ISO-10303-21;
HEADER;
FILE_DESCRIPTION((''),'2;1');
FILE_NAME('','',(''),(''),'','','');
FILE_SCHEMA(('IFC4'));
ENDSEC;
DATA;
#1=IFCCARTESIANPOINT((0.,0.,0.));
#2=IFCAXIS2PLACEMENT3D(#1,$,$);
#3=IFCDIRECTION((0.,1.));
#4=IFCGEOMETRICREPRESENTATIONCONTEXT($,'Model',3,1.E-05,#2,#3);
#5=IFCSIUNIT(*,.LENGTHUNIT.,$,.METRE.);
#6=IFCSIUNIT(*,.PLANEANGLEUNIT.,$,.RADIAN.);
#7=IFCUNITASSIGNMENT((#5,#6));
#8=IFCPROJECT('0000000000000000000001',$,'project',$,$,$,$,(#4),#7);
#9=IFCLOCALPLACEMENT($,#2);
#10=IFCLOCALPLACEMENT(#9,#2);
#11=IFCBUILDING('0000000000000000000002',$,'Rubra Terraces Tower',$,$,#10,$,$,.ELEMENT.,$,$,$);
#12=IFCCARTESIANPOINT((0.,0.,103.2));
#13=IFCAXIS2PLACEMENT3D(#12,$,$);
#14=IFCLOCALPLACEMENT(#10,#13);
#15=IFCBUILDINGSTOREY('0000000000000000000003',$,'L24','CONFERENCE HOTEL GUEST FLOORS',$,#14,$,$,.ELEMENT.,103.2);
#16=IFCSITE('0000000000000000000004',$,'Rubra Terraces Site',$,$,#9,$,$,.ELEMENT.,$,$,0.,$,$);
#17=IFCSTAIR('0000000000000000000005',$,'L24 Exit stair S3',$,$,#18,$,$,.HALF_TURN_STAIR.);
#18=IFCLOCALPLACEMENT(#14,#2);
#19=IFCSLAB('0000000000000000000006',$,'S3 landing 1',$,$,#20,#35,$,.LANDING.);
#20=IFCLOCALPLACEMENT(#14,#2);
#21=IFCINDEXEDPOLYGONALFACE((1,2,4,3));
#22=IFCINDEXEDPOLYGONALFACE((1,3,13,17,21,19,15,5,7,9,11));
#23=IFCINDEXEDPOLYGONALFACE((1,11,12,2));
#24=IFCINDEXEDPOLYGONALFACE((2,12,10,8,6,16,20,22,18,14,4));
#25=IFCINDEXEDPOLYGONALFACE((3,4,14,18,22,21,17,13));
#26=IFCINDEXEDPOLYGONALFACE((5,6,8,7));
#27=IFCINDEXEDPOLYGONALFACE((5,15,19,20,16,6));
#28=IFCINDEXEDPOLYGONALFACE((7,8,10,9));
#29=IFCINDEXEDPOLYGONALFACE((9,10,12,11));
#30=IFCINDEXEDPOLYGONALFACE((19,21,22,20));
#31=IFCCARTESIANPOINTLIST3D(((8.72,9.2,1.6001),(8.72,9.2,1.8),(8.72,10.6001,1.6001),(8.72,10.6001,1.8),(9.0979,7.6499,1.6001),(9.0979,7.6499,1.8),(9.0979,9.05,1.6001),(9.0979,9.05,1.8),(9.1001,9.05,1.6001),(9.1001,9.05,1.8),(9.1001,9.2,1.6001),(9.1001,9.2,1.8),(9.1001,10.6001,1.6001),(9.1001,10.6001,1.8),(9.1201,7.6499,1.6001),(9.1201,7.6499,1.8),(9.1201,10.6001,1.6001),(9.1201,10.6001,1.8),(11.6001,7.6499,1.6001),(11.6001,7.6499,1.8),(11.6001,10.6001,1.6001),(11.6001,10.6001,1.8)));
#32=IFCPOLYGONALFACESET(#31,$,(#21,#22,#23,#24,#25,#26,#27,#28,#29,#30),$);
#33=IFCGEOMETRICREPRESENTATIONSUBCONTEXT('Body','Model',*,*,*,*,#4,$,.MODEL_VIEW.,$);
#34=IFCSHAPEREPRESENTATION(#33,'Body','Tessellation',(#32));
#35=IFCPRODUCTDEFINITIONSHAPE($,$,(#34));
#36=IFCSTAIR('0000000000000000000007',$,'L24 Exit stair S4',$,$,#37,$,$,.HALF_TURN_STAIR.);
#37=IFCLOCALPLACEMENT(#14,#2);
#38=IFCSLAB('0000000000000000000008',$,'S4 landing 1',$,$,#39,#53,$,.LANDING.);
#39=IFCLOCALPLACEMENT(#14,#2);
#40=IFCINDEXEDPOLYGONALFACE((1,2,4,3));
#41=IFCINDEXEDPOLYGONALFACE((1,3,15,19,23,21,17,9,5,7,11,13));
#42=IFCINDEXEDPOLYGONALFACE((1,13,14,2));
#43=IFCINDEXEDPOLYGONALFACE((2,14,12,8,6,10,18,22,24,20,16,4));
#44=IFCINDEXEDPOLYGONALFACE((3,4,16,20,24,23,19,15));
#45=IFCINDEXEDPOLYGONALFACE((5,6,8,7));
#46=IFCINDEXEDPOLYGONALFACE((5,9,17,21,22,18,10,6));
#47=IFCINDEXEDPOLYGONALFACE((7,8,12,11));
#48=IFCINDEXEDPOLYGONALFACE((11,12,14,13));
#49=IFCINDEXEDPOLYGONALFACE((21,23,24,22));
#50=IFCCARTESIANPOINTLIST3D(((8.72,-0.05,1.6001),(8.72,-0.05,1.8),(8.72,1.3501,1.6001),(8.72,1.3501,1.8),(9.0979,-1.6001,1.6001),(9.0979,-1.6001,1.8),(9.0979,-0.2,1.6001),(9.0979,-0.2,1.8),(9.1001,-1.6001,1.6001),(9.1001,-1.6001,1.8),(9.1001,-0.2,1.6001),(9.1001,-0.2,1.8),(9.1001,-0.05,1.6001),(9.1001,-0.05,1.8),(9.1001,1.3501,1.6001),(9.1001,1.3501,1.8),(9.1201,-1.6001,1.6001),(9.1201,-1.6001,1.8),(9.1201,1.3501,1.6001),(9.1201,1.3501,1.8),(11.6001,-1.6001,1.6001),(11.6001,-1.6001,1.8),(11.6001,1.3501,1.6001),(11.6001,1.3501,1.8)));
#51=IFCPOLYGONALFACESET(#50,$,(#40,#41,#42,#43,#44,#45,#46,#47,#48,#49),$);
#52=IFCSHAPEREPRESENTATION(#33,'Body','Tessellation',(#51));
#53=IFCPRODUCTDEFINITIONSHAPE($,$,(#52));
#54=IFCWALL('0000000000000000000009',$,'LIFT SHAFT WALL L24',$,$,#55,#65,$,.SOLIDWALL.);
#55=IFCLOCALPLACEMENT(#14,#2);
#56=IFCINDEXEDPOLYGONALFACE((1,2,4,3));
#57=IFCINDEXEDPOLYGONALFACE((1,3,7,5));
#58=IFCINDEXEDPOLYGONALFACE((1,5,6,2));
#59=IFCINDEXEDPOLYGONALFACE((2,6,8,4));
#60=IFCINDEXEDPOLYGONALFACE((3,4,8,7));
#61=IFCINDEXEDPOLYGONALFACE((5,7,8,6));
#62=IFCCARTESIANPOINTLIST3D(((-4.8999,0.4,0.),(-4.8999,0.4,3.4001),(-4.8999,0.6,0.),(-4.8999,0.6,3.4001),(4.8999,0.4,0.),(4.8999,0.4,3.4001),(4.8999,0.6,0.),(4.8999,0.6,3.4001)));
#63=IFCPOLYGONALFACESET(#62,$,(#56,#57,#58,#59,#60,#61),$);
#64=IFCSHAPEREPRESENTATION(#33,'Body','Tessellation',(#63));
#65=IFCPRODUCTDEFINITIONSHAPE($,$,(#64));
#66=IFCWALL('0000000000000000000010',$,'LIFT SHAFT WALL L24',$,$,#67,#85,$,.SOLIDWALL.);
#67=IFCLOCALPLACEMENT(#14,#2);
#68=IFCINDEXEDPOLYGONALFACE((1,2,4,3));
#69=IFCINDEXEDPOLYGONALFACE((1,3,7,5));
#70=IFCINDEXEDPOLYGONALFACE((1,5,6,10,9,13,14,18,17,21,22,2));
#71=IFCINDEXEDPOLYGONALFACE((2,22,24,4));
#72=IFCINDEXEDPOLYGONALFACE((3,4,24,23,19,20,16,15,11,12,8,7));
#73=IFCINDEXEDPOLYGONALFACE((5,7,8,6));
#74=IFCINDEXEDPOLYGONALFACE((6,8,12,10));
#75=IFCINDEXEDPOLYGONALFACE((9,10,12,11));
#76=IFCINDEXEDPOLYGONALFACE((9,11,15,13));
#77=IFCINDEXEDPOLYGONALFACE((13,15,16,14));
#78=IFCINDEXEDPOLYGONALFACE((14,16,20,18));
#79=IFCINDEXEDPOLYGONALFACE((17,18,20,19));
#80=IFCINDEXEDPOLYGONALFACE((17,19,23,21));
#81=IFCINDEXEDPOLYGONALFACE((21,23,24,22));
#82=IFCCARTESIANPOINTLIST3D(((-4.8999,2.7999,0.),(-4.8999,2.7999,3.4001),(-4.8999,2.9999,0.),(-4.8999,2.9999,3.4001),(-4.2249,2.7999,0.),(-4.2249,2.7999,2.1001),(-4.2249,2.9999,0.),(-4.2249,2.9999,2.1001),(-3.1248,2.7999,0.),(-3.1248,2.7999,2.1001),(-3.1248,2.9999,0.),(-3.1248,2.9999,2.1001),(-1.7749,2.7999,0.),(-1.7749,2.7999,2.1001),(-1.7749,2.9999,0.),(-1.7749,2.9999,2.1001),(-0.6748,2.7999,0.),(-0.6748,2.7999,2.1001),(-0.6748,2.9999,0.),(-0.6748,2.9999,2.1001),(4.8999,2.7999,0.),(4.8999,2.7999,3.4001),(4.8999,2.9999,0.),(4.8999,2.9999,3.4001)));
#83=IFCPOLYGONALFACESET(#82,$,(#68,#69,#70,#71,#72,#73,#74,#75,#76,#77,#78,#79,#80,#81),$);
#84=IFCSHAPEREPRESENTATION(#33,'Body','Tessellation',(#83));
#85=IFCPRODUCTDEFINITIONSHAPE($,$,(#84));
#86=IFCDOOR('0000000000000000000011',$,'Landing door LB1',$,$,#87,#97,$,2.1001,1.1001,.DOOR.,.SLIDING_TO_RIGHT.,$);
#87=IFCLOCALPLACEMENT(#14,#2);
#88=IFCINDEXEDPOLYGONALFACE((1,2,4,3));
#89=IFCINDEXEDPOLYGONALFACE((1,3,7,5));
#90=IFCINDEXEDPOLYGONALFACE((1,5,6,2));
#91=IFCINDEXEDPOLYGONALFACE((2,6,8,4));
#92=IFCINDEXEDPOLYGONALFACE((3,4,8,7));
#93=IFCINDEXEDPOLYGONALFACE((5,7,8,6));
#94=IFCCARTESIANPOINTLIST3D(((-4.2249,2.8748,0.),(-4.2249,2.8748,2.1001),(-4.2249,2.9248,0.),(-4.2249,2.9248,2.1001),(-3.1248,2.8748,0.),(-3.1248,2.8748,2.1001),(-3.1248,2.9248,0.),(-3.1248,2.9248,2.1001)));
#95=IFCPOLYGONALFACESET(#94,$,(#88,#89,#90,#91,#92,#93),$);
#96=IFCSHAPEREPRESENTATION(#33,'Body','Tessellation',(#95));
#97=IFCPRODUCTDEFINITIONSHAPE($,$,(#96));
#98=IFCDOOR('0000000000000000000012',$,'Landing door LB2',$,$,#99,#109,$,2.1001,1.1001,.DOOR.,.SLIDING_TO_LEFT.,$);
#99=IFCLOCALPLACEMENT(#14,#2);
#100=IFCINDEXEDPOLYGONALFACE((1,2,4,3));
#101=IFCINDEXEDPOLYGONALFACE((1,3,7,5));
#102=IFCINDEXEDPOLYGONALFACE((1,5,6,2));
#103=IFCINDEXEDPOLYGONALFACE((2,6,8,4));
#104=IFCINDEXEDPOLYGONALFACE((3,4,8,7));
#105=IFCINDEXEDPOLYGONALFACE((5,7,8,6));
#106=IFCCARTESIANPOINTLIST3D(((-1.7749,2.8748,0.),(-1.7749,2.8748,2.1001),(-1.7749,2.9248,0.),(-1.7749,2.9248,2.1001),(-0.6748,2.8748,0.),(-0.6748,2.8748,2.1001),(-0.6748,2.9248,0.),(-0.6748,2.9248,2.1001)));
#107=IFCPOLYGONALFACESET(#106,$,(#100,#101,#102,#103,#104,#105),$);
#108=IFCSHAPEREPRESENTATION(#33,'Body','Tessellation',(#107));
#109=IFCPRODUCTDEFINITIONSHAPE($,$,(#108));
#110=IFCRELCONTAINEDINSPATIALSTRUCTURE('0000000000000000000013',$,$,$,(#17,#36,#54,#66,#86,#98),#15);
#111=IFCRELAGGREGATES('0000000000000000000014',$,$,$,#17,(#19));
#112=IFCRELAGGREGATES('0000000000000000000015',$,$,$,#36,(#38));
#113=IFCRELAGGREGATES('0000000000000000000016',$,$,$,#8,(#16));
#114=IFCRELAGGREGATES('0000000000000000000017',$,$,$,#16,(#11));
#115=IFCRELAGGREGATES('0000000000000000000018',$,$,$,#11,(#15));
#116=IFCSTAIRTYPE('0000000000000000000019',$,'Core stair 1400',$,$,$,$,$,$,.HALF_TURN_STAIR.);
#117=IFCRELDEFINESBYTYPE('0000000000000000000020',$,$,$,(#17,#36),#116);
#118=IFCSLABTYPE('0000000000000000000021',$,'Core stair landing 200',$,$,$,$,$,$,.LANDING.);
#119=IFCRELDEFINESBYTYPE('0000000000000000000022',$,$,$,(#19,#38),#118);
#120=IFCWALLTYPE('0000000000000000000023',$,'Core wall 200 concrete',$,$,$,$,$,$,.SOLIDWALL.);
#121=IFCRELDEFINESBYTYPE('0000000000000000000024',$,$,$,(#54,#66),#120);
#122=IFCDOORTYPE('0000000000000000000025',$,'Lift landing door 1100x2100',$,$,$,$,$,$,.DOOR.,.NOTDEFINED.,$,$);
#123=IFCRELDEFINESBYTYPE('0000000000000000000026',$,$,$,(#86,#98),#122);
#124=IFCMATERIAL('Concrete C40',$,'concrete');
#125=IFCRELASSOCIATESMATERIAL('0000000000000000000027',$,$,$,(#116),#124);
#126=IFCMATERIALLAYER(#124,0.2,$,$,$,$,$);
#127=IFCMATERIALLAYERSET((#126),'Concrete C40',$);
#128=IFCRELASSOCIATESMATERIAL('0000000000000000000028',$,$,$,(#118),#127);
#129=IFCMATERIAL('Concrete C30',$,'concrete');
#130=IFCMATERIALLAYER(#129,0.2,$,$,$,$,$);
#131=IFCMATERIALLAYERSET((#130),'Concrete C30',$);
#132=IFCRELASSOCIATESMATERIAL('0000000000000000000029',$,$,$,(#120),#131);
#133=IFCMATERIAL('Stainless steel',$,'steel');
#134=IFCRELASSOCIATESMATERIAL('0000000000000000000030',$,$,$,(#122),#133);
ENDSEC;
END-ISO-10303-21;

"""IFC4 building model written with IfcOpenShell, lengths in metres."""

from ifc_helpers import new_model, si_unit, direction, frame, frame_2d, origin, place, context, subcontext, project, spatial, polyline, rectangle, outline, extrude, material, layer, layer_set, type_object, element, fill, aggregate, save


model = new_model("IFC4")

# Units and contexts
model_context = context("Model", 3, precision=1e-05, world=origin(), true_north=direction((0.0, 1.0)))
body_context = subcontext(model_context, "Body", "Model", "MODEL_VIEW")
ifc_project = project(units=[si_unit("LENGTHUNIT", "METRE"), si_unit("PLANEANGLEUNIT", "RADIAN")], contexts=[model_context])

# Site, building, storey
site_placement = place(None, origin())
site = spatial("IfcSite", under=ifc_project, at=site_placement, Name="Rubra Terraces Site", CompositionType="ELEMENT", RefElevation=0.0)
building_placement = place(site_placement, origin())
building = spatial("IfcBuilding", under=site, at=building_placement, Name="Rubra Terraces Tower", CompositionType="ELEMENT")
storey_placement = place(building_placement, frame((0.0, 0.0, 103.2)))
storey = spatial("IfcBuildingStorey", under=building, at=storey_placement, Name="L24", Description="CONFERENCE HOTEL GUEST FLOORS", CompositionType="ELEMENT", Elevation=103.2)

# Stairs, slabs
ifc_material_1 = material(Name="Concrete C40", Category="concrete")
stair_type = type_object("IfcStairType", Name="Core stair 1400", PredefinedType="HALF_TURN_STAIR", material=ifc_material_1)
stair_1_placement = place(storey_placement, origin())
stair_1 = element("IfcStair", 1, at=stair_1_placement, inside=storey, type_object=stair_type, Name="L24 Exit stair S3", PredefinedType="HALF_TURN_STAIR")
ifc_layer_1 = layer(ifc_material_1, 0.2)
ifc_layer_set_1 = layer_set([ifc_layer_1], Name="Concrete C40")
slab_type = type_object("IfcSlabType", Name="Core stair landing 200", PredefinedType="LANDING", material=ifc_layer_set_1)
slab_1_placement = place(storey_placement, frame((0.0, 0.0, 1.6001)))
slab_1 = element("IfcSlab", 2, at=slab_1_placement, type_object=slab_type, Name="S3 landing 1", PredefinedType="LANDING", context=body_context, shape_type="SweptSolid", body=[
    extrude(outline(polyline([(9.1001, 9.05), (9.1001, 9.2), (8.72, 9.2), (8.72, 10.6001), (9.1001, 10.6001), (9.1201, 10.6001), (11.6001, 10.6001), (11.6001, 7.6499), (9.1201, 7.6499), (9.0979, 7.6499), (9.0979, 9.05), (9.1001, 9.05)])), origin(), (0.0, 0.0, 1.0), 0.2),
])
aggregate(stair_1, [slab_1])
stair_2_placement = place(storey_placement, origin())
stair_2 = element("IfcStair", 3, at=stair_2_placement, inside=storey, type_object=stair_type, Name="L24 Exit stair S4", PredefinedType="HALF_TURN_STAIR")
slab_2_placement = place(storey_placement, frame((0.0, 0.0, 1.6001)))
slab_2 = element("IfcSlab", 4, at=slab_2_placement, type_object=slab_type, Name="S4 landing 1", PredefinedType="LANDING", context=body_context, shape_type="SweptSolid", body=[
    extrude(outline(polyline([(9.1001, -0.2), (9.1001, -0.05), (8.72, -0.05), (8.72, 1.3501), (9.1001, 1.3501), (9.1201, 1.3501), (11.6001, 1.3501), (11.6001, -1.6001), (9.1201, -1.6001), (9.1001, -1.6001), (9.0979, -1.6001), (9.0979, -0.2), (9.1001, -0.2)])), origin(), (0.0, 0.0, 1.0), 0.2),
])
aggregate(stair_2, [slab_2])

# Wall
ifc_material_2 = material(Name="Concrete C30", Category="concrete")
ifc_layer_2 = layer(ifc_material_2, 0.2)
ifc_layer_set_2 = layer_set([ifc_layer_2], Name="Concrete C30")
wall_type_1 = type_object("IfcWallType", Name="Core wall 200 concrete", PredefinedType="SOLIDWALL", material=ifc_layer_set_2)
wall_1_placement = place(storey_placement, frame((-4.8999, 0.5, 0.0), z_axis=(0.0, 0.0, 1.0), x_axis=(1.0, 0.0, 0.0)))
element("IfcWall", 5, at=wall_1_placement, inside=storey, type_object=wall_type_1, Name="LIFT SHAFT WALL L24", PredefinedType="SOLIDWALL", context=body_context, shape_type="SweptSolid", body=[
    extrude(rectangle(XDim=9.7998, YDim=0.2, at=frame_2d((4.8999, 0.0))), origin(), (0.0, 0.0, 1.0), 3.4001),
])

# Wall, openings, doors
wall_2_placement = place(storey_placement, frame((-4.8999, 2.8999, 0.0), z_axis=(0.0, 0.0, 1.0), x_axis=(1.0, 0.0, 0.0)))
wall_2 = element("IfcWall", 6, at=wall_2_placement, inside=storey, type_object=wall_type_1, Name="LIFT SHAFT WALL L24", PredefinedType="SOLIDWALL", context=body_context, shape_type="SweptSolid", body=[
    extrude(rectangle(XDim=9.7998, YDim=0.2, at=frame_2d((4.8999, 0.0))), origin(), (0.0, 0.0, 1.0), 3.4001),
])
opening_1_placement = place(wall_2_placement, frame((0.675, 0.0, 0.0)))
opening_1 = element("IfcOpeningElement", 7, at=opening_1_placement, cuts=wall_2, PredefinedType="OPENING", context=body_context, shape_type="SweptSolid", body=[
    extrude(rectangle(XDim=1.1001, YDim=2.1001, at=frame_2d((0.55, 1.05))), frame((0.0, 0.1099, 0.0), z_axis=(0.0, -1.0, 0.0), x_axis=(1.0, 0.0, 0.0)), (0.0, 0.0, 1.0), 0.22),
])
opening_2_placement = place(wall_2_placement, frame((3.125, 0.0, 0.0)))
opening_2 = element("IfcOpeningElement", 8, at=opening_2_placement, cuts=wall_2, PredefinedType="OPENING", context=body_context, shape_type="SweptSolid", body=[
    extrude(rectangle(XDim=1.1001, YDim=2.1001, at=frame_2d((0.55, 1.05))), frame((0.0, 0.1099, 0.0), z_axis=(0.0, -1.0, 0.0), x_axis=(1.0, 0.0, 0.0)), (0.0, 0.0, 1.0), 0.22),
])
ifc_material_3 = material(Name="Stainless steel", Category="steel")
door_type = type_object("IfcDoorType", Name="Lift landing door 1100x2100", OperationType="NOTDEFINED", PredefinedType="DOOR", material=ifc_material_3)
door_1_placement = place(opening_1_placement, origin())
door_1 = element("IfcDoor", 9, at=door_1_placement, inside=storey, type_object=door_type, Name="Landing door LB1", OperationType="SLIDING_TO_RIGHT", OverallHeight=2.1001, OverallWidth=1.1001, PredefinedType="DOOR", context=body_context, shape_type="SweptSolid", body=[
    extrude(rectangle(XDim=1.1001, YDim=2.1001, at=frame_2d((0.55, 1.05))), frame((0.0, 0.0249, 0.0), z_axis=(0.0, -1.0, 0.0), x_axis=(1.0, 0.0, 0.0)), (0.0, 0.0, 1.0), 0.05),
])
fill(opening_1, door_1)
door_2_placement = place(opening_2_placement, origin())
door_2 = element("IfcDoor", 10, at=door_2_placement, inside=storey, type_object=door_type, Name="Landing door LB2", OperationType="SLIDING_TO_LEFT", OverallHeight=2.1001, OverallWidth=1.1001, PredefinedType="DOOR", context=body_context, shape_type="SweptSolid", body=[
    extrude(rectangle(XDim=1.1001, YDim=2.1001, at=frame_2d((0.55, 1.05))), frame((0.0, 0.0249, 0.0), z_axis=(0.0, -1.0, 0.0), x_axis=(1.0, 0.0, 0.0)), (0.0, 0.0, 1.0), 0.05),
])
fill(opening_2, door_2)

save(model, "model.ifc")
